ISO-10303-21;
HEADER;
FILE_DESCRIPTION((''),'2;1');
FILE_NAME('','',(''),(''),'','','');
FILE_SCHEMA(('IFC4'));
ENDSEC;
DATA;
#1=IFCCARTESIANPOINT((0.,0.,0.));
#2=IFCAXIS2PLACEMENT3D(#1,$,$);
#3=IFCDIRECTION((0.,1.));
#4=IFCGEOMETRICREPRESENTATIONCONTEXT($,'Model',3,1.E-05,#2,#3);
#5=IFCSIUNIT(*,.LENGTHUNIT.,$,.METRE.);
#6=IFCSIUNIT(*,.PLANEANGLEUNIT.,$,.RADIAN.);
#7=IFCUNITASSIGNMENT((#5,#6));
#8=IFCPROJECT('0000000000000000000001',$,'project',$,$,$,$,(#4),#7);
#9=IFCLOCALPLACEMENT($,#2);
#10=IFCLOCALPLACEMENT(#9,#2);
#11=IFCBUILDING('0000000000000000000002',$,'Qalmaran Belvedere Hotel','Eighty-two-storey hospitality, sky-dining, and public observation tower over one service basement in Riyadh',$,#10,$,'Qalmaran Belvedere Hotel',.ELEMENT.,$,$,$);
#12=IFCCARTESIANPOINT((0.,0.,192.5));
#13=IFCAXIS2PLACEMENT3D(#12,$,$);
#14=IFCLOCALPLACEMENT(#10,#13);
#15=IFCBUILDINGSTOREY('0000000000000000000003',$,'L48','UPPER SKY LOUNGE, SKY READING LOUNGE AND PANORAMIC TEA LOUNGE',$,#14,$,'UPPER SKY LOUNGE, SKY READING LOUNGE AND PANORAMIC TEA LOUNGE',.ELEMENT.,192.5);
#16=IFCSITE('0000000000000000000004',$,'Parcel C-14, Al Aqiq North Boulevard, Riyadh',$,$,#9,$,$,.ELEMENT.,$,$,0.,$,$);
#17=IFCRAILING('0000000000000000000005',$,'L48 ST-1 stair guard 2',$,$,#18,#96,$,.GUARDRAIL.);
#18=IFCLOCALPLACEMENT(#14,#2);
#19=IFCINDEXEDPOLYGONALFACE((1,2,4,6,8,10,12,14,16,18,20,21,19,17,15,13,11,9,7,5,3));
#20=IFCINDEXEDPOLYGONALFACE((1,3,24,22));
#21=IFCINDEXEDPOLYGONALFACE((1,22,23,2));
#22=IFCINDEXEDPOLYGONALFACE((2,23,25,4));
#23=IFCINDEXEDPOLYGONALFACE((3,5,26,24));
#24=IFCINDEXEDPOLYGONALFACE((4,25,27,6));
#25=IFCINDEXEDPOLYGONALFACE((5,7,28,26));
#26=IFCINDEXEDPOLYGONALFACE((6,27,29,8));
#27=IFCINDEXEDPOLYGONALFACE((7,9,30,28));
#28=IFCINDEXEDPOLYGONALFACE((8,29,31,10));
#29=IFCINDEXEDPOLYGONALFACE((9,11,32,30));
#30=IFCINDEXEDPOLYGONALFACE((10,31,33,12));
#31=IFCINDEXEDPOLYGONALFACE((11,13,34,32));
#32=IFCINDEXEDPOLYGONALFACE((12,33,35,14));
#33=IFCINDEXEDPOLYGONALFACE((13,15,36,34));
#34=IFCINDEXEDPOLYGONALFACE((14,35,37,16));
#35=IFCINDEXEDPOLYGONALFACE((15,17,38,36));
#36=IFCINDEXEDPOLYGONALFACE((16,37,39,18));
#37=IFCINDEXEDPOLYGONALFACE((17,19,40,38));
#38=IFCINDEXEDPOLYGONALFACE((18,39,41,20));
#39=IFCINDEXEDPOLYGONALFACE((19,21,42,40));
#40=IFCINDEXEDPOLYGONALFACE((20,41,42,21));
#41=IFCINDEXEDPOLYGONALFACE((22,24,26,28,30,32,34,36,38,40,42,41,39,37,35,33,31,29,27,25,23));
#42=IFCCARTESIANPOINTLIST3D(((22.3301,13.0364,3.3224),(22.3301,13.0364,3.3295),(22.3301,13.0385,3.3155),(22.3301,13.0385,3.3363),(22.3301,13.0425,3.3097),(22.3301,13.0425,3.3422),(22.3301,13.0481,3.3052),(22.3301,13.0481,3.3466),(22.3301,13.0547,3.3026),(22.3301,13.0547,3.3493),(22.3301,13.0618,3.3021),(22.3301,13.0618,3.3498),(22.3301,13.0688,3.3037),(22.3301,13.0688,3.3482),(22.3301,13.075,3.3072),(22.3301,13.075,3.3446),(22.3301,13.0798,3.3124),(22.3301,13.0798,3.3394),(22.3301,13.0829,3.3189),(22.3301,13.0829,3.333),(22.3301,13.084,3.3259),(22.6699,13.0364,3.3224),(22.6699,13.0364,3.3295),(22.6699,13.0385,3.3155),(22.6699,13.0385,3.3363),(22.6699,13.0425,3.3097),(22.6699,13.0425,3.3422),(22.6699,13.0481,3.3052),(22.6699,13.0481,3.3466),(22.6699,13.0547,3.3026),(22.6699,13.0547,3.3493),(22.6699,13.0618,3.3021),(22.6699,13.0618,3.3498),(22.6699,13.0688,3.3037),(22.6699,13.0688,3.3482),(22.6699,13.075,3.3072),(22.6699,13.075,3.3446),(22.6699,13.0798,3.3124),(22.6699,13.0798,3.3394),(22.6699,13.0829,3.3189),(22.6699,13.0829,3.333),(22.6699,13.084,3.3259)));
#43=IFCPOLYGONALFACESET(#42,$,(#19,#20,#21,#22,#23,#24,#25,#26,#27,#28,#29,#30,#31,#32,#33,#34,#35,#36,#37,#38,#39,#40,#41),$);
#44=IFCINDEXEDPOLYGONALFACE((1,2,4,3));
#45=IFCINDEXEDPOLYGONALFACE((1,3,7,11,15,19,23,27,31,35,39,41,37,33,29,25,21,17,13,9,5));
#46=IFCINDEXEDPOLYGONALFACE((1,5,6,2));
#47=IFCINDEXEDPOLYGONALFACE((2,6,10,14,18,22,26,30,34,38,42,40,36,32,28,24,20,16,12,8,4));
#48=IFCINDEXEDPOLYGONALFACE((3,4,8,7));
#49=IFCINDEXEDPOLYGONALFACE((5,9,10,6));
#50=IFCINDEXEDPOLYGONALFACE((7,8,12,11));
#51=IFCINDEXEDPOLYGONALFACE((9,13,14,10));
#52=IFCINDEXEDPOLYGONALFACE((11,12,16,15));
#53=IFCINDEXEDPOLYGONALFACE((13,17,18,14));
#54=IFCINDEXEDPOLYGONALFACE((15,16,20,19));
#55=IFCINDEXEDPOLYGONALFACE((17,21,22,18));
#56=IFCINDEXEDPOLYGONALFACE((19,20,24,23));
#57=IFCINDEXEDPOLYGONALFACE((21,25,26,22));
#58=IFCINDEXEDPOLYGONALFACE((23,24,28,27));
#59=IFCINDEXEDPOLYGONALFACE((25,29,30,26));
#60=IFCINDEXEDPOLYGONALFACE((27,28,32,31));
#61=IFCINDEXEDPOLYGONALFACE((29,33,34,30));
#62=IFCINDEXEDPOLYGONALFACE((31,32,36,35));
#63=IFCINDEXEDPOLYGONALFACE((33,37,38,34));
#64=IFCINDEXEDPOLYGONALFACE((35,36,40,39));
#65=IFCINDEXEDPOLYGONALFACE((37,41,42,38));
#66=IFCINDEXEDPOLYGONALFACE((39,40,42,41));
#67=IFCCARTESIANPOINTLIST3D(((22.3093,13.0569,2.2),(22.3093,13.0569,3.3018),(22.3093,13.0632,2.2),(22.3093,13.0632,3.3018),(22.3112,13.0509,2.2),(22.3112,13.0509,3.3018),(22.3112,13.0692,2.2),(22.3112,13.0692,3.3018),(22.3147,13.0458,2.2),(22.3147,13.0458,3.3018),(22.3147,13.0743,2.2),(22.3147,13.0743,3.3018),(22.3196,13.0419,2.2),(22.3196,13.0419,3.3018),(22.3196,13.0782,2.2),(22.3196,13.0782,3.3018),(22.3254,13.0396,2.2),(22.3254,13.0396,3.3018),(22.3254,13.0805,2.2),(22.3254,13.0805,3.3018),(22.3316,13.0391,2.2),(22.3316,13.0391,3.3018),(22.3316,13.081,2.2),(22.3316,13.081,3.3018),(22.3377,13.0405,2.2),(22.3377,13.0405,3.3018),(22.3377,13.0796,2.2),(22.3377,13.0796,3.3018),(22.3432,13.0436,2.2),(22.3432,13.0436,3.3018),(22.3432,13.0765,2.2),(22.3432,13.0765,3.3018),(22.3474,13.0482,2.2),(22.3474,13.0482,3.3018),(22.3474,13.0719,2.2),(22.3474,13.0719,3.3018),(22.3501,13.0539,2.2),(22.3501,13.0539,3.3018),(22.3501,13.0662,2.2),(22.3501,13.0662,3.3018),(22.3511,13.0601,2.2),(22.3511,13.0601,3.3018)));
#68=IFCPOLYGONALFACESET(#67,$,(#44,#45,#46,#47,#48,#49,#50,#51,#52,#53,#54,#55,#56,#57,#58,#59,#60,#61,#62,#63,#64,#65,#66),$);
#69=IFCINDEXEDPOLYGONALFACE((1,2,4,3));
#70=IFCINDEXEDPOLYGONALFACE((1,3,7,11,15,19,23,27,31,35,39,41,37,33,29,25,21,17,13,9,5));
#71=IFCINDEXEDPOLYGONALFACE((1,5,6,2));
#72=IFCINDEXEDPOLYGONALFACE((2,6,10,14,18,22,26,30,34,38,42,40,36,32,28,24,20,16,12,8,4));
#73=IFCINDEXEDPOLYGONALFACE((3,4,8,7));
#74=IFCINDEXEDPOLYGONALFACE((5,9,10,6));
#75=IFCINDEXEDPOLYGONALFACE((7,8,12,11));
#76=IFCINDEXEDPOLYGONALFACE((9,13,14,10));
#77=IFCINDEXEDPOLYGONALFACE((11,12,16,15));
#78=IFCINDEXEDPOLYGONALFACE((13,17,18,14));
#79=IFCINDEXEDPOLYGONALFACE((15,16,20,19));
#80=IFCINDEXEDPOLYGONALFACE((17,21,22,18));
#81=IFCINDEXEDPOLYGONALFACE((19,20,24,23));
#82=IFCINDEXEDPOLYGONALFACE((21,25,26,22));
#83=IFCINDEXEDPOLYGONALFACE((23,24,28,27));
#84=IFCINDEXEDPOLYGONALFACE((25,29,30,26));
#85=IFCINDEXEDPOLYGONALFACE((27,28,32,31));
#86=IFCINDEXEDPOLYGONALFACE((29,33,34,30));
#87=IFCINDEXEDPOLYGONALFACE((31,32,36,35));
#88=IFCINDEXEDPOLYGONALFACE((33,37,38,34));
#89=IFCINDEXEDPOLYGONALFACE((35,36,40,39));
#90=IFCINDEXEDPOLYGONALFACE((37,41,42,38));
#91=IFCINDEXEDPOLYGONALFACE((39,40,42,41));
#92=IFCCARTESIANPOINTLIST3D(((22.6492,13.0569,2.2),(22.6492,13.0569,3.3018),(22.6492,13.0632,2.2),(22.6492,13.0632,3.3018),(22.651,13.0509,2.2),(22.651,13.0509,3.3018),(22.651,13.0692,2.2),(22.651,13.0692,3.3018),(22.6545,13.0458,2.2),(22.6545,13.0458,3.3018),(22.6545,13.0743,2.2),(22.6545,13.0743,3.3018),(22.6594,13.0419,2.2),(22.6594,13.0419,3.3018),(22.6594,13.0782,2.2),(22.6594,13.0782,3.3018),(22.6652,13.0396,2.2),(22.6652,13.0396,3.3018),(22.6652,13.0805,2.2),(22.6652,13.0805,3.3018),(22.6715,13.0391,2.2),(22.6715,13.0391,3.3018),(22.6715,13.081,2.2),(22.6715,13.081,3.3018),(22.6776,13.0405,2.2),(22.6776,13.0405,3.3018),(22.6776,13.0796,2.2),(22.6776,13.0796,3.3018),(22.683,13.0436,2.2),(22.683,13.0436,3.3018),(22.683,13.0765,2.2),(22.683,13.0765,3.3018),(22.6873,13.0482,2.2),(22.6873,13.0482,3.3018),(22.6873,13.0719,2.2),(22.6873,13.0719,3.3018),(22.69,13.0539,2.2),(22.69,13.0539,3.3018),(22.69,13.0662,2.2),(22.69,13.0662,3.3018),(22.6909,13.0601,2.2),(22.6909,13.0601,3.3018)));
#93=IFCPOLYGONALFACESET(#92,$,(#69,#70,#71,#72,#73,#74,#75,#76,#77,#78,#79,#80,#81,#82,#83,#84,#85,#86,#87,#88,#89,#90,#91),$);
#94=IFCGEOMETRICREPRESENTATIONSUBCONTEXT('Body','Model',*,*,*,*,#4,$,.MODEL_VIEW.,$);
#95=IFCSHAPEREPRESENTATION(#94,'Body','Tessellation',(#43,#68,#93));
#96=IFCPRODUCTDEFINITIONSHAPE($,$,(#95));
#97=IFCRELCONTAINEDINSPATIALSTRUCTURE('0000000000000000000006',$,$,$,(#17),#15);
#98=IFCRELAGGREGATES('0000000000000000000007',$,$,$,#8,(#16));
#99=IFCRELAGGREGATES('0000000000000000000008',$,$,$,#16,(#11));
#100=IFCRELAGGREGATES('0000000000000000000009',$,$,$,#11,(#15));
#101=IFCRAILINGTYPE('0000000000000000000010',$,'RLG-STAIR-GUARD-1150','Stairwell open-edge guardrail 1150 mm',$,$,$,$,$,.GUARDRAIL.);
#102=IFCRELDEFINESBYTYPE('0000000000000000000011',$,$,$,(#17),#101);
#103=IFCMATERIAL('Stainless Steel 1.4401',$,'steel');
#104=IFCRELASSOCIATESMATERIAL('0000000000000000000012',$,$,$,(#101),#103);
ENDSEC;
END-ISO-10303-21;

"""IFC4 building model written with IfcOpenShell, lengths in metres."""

from ifc_helpers import new_model, si_unit, direction, frame, origin, origin_2d, place, context, subcontext, project, spatial, circle, extrude, material, type_object, element, save


model = new_model("IFC4")

# Units and contexts
model_context = context("Model", 3, precision=1e-05, world=origin(), true_north=direction((0.0, 1.0)))
body_context = subcontext(model_context, "Body", "Model", "MODEL_VIEW")
ifc_project = project(units=[si_unit("LENGTHUNIT", "METRE"), si_unit("PLANEANGLEUNIT", "RADIAN")], contexts=[model_context])

# Site, building, storey
site_placement = place(None, origin())
site = spatial("IfcSite", under=ifc_project, at=site_placement, Name="Parcel C-14, Al Aqiq North Boulevard, Riyadh", CompositionType="ELEMENT", RefElevation=0.0)
building_placement = place(site_placement, origin())
building = spatial("IfcBuilding", under=site, at=building_placement, Name="Qalmaran Belvedere Hotel", Description="Eighty-two-storey hospitality, sky-dining, and public observation tower over one service basement in Riyadh", LongName="Qalmaran Belvedere Hotel", CompositionType="ELEMENT")
storey_placement = place(building_placement, frame((0.0, 0.0, 192.5)))
storey = spatial("IfcBuildingStorey", under=building, at=storey_placement, Name="L48", Description="UPPER SKY LOUNGE, SKY READING LOUNGE AND PANORAMIC TEA LOUNGE", LongName="UPPER SKY LOUNGE, SKY READING LOUNGE AND PANORAMIC TEA LOUNGE", CompositionType="ELEMENT", Elevation=192.5)

# Railing
ifc_material_1 = material(Name="Stainless Steel 1.4401", Category="steel")
railing_type_1 = type_object("IfcRailingType", Name="RLG-STAIR-GUARD-1150", Description="Stairwell open-edge guardrail 1150 mm", PredefinedType="GUARDRAIL", material=ifc_material_1)
railing_1_placement = place(storey_placement, frame((22.3301, 13.0601, 2.2)))
element("IfcRailing", 1, at=railing_1_placement, inside=storey, type_object=railing_type_1, Name="L48 ST-1 stair guard 2", PredefinedType="GUARDRAIL", context=body_context, shape_type="SweptSolid", body=[
    extrude(circle(Radius=0.0239, at=origin_2d()), frame((0.0, 0.0, 1.126), z_axis=(1.0, 0.0, 0.0), x_axis=(0.0, 1.0, 0.0)), (0.0, 0.0, 1.0), 0.3398),
    extrude(circle(Radius=0.021, at=origin_2d()), origin(), (0.0, 0.0, 1.0), 1.1018),
    extrude(circle(Radius=0.021, at=origin_2d()), frame((0.3398, 0.0, 0.0)), (0.0, 0.0, 1.0), 1.1018),
])

save(model, "model.ifc")
